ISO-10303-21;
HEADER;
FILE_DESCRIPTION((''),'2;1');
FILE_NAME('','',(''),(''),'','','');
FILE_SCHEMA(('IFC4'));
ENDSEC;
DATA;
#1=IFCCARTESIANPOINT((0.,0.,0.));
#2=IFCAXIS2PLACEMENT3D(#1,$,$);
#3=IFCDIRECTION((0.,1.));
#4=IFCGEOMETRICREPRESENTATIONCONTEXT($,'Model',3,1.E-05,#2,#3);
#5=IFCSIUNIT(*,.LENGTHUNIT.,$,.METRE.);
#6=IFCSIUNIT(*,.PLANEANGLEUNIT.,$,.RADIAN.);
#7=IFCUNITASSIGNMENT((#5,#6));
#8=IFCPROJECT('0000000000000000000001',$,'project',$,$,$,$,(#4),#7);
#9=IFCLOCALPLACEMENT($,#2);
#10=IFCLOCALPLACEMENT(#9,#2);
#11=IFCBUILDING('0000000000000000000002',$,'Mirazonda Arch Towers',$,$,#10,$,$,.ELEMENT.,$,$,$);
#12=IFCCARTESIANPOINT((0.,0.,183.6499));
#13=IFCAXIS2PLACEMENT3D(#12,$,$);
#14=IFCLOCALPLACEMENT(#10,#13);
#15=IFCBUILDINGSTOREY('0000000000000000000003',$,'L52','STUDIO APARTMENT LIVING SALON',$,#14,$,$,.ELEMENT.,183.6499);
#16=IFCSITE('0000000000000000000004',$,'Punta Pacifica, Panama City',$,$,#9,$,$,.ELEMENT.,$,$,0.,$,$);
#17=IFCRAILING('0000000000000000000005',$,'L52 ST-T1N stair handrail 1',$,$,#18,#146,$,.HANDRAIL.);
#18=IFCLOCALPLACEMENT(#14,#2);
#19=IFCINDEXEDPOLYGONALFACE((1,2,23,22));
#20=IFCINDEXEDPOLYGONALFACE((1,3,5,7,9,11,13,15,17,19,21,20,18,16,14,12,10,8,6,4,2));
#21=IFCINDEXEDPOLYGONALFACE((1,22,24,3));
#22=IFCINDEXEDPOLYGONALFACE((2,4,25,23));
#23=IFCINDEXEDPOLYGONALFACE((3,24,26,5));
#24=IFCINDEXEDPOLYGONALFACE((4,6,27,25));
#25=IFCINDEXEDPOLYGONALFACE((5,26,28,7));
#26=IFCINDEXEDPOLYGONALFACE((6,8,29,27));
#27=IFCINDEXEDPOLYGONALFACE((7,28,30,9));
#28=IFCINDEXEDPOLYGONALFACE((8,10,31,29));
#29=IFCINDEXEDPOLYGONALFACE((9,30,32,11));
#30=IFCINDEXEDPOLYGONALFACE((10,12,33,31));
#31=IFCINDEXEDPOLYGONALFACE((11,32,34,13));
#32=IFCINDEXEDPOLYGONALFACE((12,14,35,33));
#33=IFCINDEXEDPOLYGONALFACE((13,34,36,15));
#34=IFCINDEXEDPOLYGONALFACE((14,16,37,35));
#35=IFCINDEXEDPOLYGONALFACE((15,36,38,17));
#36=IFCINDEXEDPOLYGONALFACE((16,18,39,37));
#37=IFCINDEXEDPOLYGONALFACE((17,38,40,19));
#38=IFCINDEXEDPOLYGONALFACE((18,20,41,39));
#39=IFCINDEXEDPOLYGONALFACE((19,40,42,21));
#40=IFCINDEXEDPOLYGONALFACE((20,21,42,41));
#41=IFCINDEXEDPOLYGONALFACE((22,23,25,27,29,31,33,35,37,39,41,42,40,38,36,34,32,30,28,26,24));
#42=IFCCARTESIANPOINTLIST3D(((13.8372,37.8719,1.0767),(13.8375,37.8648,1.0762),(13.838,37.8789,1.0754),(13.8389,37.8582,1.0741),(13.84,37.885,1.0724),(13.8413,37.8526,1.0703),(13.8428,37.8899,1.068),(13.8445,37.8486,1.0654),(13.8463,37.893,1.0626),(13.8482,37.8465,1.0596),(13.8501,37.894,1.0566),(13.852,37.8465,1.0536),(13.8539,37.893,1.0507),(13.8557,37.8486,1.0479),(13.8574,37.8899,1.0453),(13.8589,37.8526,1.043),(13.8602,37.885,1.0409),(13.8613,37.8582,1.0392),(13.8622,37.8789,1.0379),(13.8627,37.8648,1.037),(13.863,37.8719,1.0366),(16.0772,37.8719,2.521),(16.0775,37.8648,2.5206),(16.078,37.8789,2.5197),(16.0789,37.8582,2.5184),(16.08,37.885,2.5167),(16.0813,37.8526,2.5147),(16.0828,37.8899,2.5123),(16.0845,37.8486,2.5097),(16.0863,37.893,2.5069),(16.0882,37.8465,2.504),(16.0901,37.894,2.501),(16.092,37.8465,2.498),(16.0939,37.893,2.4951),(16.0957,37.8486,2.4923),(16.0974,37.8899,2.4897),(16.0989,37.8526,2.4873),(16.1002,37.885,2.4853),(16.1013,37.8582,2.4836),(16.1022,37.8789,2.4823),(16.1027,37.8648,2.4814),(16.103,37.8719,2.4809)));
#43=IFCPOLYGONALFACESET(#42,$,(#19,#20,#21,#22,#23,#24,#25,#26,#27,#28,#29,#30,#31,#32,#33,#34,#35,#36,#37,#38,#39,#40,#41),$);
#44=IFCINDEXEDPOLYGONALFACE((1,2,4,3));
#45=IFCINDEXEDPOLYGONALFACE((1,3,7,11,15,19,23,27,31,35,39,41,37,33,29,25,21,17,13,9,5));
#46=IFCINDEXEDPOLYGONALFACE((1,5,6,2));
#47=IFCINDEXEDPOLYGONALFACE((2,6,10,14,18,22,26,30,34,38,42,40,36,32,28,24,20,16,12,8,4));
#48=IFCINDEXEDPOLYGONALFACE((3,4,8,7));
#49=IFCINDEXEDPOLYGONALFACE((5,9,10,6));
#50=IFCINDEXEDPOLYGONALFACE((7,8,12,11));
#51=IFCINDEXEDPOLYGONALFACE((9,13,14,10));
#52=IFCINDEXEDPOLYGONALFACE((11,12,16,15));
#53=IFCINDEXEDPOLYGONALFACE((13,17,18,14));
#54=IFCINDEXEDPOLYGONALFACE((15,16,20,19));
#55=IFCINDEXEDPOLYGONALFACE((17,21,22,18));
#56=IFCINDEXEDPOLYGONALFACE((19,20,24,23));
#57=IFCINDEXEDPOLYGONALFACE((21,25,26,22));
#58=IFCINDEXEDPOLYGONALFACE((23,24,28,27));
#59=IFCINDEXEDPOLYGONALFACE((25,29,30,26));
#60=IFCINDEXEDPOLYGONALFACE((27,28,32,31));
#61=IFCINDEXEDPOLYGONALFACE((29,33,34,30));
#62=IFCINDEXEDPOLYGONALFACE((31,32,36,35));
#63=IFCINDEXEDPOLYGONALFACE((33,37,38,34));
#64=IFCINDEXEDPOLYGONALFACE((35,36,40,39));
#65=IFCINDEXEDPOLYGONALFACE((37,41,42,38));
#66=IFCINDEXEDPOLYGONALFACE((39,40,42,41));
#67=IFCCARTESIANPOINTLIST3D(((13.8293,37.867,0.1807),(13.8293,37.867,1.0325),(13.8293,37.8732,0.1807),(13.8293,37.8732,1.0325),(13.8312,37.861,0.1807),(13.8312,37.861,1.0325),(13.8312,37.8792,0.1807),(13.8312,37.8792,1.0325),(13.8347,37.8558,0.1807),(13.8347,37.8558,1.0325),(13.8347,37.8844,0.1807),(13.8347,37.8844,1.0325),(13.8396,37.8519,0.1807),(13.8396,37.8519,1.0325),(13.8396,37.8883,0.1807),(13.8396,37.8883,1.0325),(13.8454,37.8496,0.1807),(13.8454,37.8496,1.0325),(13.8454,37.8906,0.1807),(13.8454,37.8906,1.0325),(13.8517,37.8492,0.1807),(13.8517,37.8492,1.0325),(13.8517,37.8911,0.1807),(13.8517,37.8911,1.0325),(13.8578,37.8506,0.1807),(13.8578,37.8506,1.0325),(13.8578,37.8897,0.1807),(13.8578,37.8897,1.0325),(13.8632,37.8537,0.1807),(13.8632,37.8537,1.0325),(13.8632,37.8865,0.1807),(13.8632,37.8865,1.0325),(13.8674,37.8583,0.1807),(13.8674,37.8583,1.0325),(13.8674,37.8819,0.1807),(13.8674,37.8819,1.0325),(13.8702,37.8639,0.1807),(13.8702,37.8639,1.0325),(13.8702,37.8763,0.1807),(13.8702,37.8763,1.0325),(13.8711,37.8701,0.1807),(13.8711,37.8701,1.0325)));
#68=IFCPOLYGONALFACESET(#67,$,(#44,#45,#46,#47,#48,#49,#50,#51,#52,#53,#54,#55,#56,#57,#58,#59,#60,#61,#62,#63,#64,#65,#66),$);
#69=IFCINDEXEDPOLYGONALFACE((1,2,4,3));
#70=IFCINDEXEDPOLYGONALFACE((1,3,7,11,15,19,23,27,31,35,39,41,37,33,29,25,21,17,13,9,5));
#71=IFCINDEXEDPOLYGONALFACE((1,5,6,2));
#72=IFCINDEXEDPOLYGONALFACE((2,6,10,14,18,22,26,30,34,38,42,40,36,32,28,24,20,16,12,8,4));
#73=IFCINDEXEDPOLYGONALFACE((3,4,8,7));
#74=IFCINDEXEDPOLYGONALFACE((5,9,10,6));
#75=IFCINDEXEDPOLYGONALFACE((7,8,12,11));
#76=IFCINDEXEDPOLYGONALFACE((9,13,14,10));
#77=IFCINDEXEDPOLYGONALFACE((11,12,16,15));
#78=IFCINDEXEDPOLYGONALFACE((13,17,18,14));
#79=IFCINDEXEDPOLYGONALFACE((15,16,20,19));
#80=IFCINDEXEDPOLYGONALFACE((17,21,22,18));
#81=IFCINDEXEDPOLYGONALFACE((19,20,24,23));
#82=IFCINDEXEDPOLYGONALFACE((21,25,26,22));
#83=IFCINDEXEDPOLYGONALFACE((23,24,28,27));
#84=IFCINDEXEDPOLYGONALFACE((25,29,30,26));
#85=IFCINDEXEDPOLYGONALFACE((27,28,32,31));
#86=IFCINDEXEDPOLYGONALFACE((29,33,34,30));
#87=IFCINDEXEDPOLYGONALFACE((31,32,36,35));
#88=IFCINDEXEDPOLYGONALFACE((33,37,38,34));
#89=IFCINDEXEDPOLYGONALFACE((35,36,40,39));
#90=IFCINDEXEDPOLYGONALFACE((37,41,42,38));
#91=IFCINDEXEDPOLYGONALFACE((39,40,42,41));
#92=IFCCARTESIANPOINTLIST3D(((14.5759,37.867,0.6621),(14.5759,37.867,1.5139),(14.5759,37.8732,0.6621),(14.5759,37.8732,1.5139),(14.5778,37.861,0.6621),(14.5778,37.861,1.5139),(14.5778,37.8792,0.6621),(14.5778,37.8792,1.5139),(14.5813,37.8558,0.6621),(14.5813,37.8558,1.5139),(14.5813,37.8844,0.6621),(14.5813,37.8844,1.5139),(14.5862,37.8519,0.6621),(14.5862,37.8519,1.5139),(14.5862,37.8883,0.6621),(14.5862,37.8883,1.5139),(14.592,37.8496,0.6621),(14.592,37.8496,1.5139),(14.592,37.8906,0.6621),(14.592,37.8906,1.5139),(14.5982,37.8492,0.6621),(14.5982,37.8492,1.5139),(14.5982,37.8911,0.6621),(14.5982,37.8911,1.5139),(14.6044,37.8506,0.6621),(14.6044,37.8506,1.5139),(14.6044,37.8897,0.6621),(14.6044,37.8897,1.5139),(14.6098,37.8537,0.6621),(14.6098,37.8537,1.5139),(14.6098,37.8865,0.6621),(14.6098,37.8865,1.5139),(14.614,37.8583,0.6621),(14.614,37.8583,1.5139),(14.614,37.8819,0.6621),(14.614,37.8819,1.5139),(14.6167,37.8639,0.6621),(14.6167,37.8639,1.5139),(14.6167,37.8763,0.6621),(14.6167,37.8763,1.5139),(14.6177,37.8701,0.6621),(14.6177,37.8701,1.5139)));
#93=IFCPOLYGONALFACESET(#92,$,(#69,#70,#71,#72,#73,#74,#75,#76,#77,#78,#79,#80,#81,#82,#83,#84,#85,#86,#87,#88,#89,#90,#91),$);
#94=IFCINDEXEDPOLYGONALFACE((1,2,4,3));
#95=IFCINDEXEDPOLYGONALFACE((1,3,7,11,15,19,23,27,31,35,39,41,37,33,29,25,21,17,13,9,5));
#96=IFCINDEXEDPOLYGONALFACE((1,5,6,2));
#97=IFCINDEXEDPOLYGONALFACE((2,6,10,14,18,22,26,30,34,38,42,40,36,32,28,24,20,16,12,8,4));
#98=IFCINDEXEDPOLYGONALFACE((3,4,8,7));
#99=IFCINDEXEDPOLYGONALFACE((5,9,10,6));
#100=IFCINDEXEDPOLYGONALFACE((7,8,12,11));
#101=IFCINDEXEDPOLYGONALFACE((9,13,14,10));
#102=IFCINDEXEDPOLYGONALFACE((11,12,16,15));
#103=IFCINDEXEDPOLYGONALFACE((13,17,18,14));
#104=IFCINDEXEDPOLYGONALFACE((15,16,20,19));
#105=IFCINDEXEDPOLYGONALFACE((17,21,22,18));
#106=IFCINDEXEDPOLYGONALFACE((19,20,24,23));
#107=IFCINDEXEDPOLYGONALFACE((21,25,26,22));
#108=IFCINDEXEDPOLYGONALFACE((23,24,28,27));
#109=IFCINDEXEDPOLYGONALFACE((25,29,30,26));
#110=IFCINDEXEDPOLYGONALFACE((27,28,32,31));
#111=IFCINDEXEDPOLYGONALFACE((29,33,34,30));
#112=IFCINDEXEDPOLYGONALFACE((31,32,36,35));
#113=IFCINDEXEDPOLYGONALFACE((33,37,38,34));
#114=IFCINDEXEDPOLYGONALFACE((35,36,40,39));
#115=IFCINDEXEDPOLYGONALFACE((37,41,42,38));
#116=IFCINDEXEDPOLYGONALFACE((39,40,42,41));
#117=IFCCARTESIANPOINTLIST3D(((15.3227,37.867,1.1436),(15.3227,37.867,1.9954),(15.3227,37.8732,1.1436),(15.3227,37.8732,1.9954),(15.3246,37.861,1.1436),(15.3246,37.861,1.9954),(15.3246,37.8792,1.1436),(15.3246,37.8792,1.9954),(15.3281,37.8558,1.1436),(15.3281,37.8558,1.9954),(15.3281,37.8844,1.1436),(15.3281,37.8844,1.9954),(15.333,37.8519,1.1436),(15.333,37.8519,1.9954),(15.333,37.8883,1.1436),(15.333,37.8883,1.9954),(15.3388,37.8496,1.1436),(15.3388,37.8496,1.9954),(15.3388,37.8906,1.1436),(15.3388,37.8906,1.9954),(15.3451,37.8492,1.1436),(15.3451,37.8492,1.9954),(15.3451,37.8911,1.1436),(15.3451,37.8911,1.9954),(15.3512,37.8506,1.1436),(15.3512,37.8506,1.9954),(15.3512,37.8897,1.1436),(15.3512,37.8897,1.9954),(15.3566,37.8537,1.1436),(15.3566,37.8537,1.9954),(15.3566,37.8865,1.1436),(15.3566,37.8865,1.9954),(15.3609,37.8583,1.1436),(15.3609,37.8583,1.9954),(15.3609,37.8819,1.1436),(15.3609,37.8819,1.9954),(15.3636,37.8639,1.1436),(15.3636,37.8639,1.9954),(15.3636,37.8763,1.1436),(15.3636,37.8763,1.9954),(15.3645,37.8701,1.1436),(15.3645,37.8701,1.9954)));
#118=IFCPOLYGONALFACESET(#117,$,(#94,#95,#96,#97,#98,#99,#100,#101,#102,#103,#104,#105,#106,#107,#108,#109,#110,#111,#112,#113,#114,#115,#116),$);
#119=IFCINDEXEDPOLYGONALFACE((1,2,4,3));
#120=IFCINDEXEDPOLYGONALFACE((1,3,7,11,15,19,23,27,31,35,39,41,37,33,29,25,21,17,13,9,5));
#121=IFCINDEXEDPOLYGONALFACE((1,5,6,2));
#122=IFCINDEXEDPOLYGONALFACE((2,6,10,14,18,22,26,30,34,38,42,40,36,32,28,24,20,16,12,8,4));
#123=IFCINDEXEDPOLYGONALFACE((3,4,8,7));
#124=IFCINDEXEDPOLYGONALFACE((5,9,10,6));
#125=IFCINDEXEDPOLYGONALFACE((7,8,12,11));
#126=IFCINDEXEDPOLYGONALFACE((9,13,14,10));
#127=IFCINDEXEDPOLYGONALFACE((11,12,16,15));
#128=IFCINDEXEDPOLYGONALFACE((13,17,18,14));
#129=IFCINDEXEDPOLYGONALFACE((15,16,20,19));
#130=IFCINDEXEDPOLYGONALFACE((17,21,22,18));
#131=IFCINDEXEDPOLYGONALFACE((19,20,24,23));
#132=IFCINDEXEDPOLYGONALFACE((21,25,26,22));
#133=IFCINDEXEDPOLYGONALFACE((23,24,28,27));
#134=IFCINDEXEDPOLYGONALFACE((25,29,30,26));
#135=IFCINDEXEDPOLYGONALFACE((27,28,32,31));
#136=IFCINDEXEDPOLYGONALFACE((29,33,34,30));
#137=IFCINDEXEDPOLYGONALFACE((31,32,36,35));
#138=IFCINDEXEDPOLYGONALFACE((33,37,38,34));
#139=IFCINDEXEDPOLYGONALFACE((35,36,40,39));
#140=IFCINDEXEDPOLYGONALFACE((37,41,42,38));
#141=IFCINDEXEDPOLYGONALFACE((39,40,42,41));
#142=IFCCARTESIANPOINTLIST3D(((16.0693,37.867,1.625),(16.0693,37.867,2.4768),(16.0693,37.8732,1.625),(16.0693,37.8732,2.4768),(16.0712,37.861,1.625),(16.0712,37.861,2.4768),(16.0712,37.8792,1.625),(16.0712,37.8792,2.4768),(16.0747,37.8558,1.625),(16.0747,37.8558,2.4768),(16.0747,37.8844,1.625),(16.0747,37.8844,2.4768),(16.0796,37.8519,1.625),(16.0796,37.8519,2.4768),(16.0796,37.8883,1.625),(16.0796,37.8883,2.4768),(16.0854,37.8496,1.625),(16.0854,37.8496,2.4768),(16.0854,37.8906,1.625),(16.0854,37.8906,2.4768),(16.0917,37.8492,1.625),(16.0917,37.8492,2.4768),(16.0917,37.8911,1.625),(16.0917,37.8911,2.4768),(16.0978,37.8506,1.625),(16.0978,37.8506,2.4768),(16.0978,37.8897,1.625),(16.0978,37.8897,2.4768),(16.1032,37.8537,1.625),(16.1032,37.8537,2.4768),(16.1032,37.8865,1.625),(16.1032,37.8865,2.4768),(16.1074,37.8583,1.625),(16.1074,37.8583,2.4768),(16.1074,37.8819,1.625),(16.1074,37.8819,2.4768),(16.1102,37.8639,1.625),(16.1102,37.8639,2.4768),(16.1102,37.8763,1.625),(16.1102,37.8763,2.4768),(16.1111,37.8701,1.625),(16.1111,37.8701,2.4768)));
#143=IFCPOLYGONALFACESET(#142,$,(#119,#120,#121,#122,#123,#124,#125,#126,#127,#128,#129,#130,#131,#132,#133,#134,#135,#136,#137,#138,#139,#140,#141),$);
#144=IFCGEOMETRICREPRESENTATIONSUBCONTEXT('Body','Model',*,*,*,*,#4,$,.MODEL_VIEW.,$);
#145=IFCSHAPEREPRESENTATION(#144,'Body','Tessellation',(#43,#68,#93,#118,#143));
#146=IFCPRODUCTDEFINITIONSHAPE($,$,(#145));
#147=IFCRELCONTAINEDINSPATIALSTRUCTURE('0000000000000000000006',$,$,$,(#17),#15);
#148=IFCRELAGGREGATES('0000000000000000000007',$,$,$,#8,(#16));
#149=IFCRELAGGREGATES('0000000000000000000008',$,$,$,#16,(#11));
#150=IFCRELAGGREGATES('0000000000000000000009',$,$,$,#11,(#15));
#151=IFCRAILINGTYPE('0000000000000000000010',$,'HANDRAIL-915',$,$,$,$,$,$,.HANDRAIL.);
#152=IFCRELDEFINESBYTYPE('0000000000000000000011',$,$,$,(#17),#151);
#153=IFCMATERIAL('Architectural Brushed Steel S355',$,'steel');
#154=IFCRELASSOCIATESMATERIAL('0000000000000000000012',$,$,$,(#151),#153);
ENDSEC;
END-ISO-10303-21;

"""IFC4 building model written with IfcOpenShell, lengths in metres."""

from ifc_helpers import new_model, si_unit, direction, frame, origin, origin_2d, place, context, subcontext, project, spatial, circle, extrude, material, type_object, element, save


model = new_model("IFC4")

# Units and contexts
model_context = context("Model", 3, precision=1e-05, world=origin(), true_north=direction((0.0, 1.0)))
body_context = subcontext(model_context, "Body", "Model", "MODEL_VIEW")
ifc_project = project(units=[si_unit("LENGTHUNIT", "METRE"), si_unit("PLANEANGLEUNIT", "RADIAN")], contexts=[model_context])

# Site, building, storey
site_placement = place(None, origin())
site = spatial("IfcSite", under=ifc_project, at=site_placement, Name="Punta Pacifica, Panama City", CompositionType="ELEMENT", RefElevation=0.0)
building_placement = place(site_placement, origin())
building = spatial("IfcBuilding", under=site, at=building_placement, Name="Mirazonda Arch Towers", CompositionType="ELEMENT")
storey_placement = place(building_placement, frame((0.0, 0.0, 183.6499)))
storey = spatial("IfcBuildingStorey", under=building, at=storey_placement, Name="L52", Description="STUDIO APARTMENT LIVING SALON", CompositionType="ELEMENT", Elevation=183.6499)

# Shared definitions
ifc_material_1 = material(Name="Architectural Brushed Steel S355", Category="steel")

# Railing
railing_type_1 = type_object("IfcRailingType", Name="HANDRAIL-915", PredefinedType="HANDRAIL", material=ifc_material_1)
railing_1_placement = place(storey_placement, frame((13.8501, 37.8701, 0.1807)))
element("IfcRailing", 1, at=railing_1_placement, inside=storey, type_object=railing_type_1, Name="L52 ST-T1N stair handrail 1", PredefinedType="HANDRAIL", context=body_context, shape_type="SweptSolid", body=[
    extrude(circle(Radius=0.0239, at=origin_2d()), frame((0.0, 0.0, 0.876), z_axis=(0.840437, 0.0, 0.54191), x_axis=(0.0, 1.0, 0.0)), (0.0, 0.0, 1.0), 2.6653),
    extrude(circle(Radius=0.021, at=origin_2d()), origin(), (0.0, 0.0, 1.0), 0.8518),
    extrude(circle(Radius=0.021, at=origin_2d()), frame((0.7466, 0.0, 0.4814)), (0.0, 0.0, 1.0), 0.8518),
    extrude(circle(Radius=0.021, at=origin_2d()), frame((1.4934, 0.0, 0.9629)), (0.0, 0.0, 1.0), 0.8518),
    extrude(circle(Radius=0.021, at=origin_2d()), frame((2.24, 0.0, 1.4443)), (0.0, 0.0, 1.0), 0.8518),
])

save(model, "model.ifc")
